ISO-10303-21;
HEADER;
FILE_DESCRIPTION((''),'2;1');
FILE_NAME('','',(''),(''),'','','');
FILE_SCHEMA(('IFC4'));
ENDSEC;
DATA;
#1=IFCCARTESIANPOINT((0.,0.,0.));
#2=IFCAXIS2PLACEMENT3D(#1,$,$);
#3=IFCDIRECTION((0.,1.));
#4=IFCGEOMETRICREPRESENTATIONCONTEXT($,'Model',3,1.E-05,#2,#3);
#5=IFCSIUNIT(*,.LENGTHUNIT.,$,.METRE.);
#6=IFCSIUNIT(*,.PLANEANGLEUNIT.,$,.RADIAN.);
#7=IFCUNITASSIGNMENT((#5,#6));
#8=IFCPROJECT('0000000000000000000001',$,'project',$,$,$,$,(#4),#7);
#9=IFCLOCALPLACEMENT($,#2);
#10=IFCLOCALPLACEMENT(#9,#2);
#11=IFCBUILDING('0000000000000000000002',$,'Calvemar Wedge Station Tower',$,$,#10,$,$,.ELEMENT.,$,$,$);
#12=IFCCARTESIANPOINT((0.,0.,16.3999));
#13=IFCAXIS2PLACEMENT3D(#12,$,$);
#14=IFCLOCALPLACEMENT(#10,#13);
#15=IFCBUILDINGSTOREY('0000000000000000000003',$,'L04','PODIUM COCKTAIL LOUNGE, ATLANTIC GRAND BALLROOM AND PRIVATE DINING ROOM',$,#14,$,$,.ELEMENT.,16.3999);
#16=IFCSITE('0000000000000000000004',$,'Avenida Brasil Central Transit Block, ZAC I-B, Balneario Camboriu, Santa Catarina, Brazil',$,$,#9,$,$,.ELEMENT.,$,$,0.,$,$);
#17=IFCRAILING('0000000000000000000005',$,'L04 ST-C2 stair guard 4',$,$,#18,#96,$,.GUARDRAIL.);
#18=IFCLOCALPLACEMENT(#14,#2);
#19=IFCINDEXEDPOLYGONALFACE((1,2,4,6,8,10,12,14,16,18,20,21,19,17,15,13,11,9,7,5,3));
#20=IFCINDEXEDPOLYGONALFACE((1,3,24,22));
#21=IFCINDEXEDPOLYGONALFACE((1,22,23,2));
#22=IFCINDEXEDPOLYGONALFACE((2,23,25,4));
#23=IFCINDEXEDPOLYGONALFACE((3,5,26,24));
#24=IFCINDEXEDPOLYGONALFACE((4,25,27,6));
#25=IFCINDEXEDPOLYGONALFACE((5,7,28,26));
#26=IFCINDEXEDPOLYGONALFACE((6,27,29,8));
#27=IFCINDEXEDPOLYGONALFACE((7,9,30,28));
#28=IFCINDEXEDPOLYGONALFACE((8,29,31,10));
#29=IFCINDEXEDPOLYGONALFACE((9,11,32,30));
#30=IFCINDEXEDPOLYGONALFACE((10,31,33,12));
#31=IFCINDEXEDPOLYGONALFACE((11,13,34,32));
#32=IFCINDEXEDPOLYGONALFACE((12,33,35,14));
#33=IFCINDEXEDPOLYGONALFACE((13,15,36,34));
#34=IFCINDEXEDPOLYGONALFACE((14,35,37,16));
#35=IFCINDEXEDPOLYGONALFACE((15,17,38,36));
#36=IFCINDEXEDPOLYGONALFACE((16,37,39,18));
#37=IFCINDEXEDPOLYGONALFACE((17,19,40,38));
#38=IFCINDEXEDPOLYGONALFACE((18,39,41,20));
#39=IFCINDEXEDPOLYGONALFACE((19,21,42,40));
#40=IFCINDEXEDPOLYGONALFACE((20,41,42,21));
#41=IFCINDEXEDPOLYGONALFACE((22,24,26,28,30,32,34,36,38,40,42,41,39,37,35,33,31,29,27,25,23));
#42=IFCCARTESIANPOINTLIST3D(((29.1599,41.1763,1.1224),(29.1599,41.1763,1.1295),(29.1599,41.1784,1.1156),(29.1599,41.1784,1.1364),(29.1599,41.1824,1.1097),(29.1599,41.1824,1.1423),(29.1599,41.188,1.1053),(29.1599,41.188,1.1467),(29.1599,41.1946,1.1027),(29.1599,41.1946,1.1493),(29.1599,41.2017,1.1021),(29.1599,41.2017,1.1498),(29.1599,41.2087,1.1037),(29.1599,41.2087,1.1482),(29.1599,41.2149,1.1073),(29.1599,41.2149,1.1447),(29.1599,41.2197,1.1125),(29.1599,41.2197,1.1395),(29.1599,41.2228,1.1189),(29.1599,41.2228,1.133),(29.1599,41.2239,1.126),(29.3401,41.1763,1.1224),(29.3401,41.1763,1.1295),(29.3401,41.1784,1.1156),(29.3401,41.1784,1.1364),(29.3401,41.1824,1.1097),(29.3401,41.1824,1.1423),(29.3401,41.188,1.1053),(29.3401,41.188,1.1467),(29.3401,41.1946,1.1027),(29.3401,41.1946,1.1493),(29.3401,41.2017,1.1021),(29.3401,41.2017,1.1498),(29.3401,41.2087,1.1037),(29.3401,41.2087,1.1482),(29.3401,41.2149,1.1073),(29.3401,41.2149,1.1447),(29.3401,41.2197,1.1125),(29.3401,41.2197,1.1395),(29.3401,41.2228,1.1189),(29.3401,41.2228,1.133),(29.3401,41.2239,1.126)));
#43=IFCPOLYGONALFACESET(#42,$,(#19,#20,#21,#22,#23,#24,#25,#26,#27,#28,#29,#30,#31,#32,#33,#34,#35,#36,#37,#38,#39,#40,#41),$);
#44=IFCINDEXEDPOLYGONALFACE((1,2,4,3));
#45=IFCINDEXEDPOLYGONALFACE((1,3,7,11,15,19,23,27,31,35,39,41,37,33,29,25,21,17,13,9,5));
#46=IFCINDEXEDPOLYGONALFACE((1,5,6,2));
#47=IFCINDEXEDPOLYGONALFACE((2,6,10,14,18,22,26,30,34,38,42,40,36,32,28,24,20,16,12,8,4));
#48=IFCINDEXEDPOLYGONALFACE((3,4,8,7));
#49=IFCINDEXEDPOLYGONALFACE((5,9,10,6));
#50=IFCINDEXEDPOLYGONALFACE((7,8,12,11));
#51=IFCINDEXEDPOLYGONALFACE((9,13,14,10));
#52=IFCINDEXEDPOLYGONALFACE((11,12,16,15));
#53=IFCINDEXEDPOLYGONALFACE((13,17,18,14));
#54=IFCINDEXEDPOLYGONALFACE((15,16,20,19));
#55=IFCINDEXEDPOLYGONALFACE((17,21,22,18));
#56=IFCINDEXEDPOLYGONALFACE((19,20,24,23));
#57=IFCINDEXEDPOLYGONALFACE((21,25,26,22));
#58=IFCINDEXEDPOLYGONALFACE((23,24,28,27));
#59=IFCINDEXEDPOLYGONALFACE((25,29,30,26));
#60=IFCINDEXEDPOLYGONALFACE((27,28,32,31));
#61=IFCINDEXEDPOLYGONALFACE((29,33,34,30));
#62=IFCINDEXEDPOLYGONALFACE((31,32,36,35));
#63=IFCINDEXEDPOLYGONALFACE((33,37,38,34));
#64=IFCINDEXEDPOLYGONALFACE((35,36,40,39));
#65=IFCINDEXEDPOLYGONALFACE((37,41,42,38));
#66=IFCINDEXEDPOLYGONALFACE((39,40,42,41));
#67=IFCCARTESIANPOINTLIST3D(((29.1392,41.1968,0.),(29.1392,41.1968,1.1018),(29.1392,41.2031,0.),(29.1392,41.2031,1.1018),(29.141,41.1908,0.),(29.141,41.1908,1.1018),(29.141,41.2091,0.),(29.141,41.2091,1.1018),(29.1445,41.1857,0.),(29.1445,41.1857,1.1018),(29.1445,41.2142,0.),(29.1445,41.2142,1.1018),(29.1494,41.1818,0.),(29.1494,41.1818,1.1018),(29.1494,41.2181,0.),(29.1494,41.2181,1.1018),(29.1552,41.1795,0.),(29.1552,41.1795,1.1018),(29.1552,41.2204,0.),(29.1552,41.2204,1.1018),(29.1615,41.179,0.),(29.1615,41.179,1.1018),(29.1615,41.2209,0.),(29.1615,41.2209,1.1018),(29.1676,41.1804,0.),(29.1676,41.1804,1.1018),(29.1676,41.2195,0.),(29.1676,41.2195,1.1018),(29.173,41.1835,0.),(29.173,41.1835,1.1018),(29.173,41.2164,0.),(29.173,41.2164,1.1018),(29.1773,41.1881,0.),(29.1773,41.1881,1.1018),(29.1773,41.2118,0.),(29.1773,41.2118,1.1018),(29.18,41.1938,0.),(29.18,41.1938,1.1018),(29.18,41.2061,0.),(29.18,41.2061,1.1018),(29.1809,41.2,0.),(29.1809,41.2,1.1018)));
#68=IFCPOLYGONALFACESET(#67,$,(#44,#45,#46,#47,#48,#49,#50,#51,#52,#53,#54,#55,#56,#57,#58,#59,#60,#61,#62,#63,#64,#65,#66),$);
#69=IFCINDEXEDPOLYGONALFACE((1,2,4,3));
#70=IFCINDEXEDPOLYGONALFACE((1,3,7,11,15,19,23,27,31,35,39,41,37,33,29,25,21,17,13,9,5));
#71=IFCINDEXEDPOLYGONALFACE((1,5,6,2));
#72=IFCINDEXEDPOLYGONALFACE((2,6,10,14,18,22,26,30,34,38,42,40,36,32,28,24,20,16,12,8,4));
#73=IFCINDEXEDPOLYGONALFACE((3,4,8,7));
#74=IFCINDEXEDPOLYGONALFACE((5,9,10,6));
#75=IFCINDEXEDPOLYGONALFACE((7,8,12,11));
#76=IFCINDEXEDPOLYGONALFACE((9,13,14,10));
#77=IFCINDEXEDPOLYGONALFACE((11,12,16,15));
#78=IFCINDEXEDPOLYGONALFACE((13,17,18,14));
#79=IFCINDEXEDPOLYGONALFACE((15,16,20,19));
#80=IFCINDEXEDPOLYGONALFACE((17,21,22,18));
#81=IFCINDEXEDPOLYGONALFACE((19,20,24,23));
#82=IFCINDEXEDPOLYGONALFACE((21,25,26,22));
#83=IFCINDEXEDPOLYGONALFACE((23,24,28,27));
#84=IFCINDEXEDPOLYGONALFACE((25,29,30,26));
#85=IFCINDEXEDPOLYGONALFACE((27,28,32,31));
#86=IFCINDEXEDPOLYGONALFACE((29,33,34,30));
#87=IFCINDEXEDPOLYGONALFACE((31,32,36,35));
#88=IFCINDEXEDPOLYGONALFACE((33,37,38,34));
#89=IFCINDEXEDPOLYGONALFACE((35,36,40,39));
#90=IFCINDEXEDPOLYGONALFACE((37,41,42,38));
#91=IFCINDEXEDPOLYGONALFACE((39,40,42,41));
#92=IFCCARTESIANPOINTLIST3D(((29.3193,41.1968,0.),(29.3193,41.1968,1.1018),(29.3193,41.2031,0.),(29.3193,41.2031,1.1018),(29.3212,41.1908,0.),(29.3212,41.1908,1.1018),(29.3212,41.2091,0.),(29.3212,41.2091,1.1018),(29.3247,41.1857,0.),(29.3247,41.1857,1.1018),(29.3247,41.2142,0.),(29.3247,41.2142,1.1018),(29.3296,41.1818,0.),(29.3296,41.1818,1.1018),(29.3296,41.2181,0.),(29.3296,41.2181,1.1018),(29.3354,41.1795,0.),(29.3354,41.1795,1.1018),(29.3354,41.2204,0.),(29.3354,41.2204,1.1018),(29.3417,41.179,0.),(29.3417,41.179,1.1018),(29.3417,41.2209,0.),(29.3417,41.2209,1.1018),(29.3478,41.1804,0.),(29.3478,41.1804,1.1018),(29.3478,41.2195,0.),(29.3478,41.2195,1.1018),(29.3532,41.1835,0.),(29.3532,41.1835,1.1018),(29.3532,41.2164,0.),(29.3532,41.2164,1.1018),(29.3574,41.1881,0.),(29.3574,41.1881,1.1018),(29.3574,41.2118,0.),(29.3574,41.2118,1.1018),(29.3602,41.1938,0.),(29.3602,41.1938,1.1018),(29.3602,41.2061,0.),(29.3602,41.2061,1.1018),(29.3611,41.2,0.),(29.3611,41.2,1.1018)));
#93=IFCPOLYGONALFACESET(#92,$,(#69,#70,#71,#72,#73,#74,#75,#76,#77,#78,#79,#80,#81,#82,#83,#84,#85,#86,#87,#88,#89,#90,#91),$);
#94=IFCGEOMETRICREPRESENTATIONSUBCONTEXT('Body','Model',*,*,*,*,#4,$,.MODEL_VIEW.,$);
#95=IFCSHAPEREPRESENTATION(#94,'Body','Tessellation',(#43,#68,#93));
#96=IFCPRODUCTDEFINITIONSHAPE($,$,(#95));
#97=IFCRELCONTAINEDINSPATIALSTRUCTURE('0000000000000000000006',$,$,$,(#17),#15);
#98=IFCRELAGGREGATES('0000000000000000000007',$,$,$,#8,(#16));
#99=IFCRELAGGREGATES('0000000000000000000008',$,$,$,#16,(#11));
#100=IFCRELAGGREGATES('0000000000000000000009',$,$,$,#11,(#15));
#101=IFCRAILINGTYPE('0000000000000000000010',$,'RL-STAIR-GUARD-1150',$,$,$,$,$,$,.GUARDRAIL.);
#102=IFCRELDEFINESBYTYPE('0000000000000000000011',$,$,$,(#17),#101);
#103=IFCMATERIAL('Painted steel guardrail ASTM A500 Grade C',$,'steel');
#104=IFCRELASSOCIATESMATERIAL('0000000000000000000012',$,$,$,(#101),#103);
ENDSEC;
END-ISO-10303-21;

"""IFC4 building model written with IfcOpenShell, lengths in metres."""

from ifc_helpers import new_model, si_unit, direction, frame, origin, origin_2d, place, context, subcontext, project, spatial, circle, extrude, material, type_object, element, save


model = new_model("IFC4")

# Units and contexts
model_context = context("Model", 3, precision=1e-05, world=origin(), true_north=direction((0.0, 1.0)))
body_context = subcontext(model_context, "Body", "Model", "MODEL_VIEW")
ifc_project = project(units=[si_unit("LENGTHUNIT", "METRE"), si_unit("PLANEANGLEUNIT", "RADIAN")], contexts=[model_context])

# Site, building, storey
site_placement = place(None, origin())
site = spatial("IfcSite", under=ifc_project, at=site_placement, Name="Avenida Brasil Central Transit Block, ZAC I-B, Balneario Camboriu, Santa Catarina, Brazil", CompositionType="ELEMENT", RefElevation=0.0)
building_placement = place(site_placement, origin())
building = spatial("IfcBuilding", under=site, at=building_placement, Name="Calvemar Wedge Station Tower", CompositionType="ELEMENT")
storey_placement = place(building_placement, frame((0.0, 0.0, 16.3999)))
storey = spatial("IfcBuildingStorey", under=building, at=storey_placement, Name="L04", Description="PODIUM COCKTAIL LOUNGE, ATLANTIC GRAND BALLROOM AND PRIVATE DINING ROOM", CompositionType="ELEMENT", Elevation=16.3999)

# Railing
ifc_material_1 = material(Name="Painted steel guardrail ASTM A500 Grade C", Category="steel")
railing_type_1 = type_object("IfcRailingType", Name="RL-STAIR-GUARD-1150", PredefinedType="GUARDRAIL", material=ifc_material_1)
railing_1_placement = place(storey_placement, frame((29.1599, 41.2, 0.0)))
element("IfcRailing", 1, at=railing_1_placement, inside=storey, type_object=railing_type_1, Name="L04 ST-C2 stair guard 4", PredefinedType="GUARDRAIL", context=body_context, shape_type="SweptSolid", body=[
    extrude(circle(Radius=0.0239, at=origin_2d()), frame((0.0, 0.0, 1.126), z_axis=(1.0, 0.0, 0.0), x_axis=(0.0, 1.0, 0.0)), (0.0, 0.0, 1.0), 0.1802),
    extrude(circle(Radius=0.021, at=origin_2d()), origin(), (0.0, 0.0, 1.0), 1.1018),
    extrude(circle(Radius=0.021, at=origin_2d()), frame((0.1802, 0.0, 0.0)), (0.0, 0.0, 1.0), 1.1018),
])

save(model, "model.ifc")
